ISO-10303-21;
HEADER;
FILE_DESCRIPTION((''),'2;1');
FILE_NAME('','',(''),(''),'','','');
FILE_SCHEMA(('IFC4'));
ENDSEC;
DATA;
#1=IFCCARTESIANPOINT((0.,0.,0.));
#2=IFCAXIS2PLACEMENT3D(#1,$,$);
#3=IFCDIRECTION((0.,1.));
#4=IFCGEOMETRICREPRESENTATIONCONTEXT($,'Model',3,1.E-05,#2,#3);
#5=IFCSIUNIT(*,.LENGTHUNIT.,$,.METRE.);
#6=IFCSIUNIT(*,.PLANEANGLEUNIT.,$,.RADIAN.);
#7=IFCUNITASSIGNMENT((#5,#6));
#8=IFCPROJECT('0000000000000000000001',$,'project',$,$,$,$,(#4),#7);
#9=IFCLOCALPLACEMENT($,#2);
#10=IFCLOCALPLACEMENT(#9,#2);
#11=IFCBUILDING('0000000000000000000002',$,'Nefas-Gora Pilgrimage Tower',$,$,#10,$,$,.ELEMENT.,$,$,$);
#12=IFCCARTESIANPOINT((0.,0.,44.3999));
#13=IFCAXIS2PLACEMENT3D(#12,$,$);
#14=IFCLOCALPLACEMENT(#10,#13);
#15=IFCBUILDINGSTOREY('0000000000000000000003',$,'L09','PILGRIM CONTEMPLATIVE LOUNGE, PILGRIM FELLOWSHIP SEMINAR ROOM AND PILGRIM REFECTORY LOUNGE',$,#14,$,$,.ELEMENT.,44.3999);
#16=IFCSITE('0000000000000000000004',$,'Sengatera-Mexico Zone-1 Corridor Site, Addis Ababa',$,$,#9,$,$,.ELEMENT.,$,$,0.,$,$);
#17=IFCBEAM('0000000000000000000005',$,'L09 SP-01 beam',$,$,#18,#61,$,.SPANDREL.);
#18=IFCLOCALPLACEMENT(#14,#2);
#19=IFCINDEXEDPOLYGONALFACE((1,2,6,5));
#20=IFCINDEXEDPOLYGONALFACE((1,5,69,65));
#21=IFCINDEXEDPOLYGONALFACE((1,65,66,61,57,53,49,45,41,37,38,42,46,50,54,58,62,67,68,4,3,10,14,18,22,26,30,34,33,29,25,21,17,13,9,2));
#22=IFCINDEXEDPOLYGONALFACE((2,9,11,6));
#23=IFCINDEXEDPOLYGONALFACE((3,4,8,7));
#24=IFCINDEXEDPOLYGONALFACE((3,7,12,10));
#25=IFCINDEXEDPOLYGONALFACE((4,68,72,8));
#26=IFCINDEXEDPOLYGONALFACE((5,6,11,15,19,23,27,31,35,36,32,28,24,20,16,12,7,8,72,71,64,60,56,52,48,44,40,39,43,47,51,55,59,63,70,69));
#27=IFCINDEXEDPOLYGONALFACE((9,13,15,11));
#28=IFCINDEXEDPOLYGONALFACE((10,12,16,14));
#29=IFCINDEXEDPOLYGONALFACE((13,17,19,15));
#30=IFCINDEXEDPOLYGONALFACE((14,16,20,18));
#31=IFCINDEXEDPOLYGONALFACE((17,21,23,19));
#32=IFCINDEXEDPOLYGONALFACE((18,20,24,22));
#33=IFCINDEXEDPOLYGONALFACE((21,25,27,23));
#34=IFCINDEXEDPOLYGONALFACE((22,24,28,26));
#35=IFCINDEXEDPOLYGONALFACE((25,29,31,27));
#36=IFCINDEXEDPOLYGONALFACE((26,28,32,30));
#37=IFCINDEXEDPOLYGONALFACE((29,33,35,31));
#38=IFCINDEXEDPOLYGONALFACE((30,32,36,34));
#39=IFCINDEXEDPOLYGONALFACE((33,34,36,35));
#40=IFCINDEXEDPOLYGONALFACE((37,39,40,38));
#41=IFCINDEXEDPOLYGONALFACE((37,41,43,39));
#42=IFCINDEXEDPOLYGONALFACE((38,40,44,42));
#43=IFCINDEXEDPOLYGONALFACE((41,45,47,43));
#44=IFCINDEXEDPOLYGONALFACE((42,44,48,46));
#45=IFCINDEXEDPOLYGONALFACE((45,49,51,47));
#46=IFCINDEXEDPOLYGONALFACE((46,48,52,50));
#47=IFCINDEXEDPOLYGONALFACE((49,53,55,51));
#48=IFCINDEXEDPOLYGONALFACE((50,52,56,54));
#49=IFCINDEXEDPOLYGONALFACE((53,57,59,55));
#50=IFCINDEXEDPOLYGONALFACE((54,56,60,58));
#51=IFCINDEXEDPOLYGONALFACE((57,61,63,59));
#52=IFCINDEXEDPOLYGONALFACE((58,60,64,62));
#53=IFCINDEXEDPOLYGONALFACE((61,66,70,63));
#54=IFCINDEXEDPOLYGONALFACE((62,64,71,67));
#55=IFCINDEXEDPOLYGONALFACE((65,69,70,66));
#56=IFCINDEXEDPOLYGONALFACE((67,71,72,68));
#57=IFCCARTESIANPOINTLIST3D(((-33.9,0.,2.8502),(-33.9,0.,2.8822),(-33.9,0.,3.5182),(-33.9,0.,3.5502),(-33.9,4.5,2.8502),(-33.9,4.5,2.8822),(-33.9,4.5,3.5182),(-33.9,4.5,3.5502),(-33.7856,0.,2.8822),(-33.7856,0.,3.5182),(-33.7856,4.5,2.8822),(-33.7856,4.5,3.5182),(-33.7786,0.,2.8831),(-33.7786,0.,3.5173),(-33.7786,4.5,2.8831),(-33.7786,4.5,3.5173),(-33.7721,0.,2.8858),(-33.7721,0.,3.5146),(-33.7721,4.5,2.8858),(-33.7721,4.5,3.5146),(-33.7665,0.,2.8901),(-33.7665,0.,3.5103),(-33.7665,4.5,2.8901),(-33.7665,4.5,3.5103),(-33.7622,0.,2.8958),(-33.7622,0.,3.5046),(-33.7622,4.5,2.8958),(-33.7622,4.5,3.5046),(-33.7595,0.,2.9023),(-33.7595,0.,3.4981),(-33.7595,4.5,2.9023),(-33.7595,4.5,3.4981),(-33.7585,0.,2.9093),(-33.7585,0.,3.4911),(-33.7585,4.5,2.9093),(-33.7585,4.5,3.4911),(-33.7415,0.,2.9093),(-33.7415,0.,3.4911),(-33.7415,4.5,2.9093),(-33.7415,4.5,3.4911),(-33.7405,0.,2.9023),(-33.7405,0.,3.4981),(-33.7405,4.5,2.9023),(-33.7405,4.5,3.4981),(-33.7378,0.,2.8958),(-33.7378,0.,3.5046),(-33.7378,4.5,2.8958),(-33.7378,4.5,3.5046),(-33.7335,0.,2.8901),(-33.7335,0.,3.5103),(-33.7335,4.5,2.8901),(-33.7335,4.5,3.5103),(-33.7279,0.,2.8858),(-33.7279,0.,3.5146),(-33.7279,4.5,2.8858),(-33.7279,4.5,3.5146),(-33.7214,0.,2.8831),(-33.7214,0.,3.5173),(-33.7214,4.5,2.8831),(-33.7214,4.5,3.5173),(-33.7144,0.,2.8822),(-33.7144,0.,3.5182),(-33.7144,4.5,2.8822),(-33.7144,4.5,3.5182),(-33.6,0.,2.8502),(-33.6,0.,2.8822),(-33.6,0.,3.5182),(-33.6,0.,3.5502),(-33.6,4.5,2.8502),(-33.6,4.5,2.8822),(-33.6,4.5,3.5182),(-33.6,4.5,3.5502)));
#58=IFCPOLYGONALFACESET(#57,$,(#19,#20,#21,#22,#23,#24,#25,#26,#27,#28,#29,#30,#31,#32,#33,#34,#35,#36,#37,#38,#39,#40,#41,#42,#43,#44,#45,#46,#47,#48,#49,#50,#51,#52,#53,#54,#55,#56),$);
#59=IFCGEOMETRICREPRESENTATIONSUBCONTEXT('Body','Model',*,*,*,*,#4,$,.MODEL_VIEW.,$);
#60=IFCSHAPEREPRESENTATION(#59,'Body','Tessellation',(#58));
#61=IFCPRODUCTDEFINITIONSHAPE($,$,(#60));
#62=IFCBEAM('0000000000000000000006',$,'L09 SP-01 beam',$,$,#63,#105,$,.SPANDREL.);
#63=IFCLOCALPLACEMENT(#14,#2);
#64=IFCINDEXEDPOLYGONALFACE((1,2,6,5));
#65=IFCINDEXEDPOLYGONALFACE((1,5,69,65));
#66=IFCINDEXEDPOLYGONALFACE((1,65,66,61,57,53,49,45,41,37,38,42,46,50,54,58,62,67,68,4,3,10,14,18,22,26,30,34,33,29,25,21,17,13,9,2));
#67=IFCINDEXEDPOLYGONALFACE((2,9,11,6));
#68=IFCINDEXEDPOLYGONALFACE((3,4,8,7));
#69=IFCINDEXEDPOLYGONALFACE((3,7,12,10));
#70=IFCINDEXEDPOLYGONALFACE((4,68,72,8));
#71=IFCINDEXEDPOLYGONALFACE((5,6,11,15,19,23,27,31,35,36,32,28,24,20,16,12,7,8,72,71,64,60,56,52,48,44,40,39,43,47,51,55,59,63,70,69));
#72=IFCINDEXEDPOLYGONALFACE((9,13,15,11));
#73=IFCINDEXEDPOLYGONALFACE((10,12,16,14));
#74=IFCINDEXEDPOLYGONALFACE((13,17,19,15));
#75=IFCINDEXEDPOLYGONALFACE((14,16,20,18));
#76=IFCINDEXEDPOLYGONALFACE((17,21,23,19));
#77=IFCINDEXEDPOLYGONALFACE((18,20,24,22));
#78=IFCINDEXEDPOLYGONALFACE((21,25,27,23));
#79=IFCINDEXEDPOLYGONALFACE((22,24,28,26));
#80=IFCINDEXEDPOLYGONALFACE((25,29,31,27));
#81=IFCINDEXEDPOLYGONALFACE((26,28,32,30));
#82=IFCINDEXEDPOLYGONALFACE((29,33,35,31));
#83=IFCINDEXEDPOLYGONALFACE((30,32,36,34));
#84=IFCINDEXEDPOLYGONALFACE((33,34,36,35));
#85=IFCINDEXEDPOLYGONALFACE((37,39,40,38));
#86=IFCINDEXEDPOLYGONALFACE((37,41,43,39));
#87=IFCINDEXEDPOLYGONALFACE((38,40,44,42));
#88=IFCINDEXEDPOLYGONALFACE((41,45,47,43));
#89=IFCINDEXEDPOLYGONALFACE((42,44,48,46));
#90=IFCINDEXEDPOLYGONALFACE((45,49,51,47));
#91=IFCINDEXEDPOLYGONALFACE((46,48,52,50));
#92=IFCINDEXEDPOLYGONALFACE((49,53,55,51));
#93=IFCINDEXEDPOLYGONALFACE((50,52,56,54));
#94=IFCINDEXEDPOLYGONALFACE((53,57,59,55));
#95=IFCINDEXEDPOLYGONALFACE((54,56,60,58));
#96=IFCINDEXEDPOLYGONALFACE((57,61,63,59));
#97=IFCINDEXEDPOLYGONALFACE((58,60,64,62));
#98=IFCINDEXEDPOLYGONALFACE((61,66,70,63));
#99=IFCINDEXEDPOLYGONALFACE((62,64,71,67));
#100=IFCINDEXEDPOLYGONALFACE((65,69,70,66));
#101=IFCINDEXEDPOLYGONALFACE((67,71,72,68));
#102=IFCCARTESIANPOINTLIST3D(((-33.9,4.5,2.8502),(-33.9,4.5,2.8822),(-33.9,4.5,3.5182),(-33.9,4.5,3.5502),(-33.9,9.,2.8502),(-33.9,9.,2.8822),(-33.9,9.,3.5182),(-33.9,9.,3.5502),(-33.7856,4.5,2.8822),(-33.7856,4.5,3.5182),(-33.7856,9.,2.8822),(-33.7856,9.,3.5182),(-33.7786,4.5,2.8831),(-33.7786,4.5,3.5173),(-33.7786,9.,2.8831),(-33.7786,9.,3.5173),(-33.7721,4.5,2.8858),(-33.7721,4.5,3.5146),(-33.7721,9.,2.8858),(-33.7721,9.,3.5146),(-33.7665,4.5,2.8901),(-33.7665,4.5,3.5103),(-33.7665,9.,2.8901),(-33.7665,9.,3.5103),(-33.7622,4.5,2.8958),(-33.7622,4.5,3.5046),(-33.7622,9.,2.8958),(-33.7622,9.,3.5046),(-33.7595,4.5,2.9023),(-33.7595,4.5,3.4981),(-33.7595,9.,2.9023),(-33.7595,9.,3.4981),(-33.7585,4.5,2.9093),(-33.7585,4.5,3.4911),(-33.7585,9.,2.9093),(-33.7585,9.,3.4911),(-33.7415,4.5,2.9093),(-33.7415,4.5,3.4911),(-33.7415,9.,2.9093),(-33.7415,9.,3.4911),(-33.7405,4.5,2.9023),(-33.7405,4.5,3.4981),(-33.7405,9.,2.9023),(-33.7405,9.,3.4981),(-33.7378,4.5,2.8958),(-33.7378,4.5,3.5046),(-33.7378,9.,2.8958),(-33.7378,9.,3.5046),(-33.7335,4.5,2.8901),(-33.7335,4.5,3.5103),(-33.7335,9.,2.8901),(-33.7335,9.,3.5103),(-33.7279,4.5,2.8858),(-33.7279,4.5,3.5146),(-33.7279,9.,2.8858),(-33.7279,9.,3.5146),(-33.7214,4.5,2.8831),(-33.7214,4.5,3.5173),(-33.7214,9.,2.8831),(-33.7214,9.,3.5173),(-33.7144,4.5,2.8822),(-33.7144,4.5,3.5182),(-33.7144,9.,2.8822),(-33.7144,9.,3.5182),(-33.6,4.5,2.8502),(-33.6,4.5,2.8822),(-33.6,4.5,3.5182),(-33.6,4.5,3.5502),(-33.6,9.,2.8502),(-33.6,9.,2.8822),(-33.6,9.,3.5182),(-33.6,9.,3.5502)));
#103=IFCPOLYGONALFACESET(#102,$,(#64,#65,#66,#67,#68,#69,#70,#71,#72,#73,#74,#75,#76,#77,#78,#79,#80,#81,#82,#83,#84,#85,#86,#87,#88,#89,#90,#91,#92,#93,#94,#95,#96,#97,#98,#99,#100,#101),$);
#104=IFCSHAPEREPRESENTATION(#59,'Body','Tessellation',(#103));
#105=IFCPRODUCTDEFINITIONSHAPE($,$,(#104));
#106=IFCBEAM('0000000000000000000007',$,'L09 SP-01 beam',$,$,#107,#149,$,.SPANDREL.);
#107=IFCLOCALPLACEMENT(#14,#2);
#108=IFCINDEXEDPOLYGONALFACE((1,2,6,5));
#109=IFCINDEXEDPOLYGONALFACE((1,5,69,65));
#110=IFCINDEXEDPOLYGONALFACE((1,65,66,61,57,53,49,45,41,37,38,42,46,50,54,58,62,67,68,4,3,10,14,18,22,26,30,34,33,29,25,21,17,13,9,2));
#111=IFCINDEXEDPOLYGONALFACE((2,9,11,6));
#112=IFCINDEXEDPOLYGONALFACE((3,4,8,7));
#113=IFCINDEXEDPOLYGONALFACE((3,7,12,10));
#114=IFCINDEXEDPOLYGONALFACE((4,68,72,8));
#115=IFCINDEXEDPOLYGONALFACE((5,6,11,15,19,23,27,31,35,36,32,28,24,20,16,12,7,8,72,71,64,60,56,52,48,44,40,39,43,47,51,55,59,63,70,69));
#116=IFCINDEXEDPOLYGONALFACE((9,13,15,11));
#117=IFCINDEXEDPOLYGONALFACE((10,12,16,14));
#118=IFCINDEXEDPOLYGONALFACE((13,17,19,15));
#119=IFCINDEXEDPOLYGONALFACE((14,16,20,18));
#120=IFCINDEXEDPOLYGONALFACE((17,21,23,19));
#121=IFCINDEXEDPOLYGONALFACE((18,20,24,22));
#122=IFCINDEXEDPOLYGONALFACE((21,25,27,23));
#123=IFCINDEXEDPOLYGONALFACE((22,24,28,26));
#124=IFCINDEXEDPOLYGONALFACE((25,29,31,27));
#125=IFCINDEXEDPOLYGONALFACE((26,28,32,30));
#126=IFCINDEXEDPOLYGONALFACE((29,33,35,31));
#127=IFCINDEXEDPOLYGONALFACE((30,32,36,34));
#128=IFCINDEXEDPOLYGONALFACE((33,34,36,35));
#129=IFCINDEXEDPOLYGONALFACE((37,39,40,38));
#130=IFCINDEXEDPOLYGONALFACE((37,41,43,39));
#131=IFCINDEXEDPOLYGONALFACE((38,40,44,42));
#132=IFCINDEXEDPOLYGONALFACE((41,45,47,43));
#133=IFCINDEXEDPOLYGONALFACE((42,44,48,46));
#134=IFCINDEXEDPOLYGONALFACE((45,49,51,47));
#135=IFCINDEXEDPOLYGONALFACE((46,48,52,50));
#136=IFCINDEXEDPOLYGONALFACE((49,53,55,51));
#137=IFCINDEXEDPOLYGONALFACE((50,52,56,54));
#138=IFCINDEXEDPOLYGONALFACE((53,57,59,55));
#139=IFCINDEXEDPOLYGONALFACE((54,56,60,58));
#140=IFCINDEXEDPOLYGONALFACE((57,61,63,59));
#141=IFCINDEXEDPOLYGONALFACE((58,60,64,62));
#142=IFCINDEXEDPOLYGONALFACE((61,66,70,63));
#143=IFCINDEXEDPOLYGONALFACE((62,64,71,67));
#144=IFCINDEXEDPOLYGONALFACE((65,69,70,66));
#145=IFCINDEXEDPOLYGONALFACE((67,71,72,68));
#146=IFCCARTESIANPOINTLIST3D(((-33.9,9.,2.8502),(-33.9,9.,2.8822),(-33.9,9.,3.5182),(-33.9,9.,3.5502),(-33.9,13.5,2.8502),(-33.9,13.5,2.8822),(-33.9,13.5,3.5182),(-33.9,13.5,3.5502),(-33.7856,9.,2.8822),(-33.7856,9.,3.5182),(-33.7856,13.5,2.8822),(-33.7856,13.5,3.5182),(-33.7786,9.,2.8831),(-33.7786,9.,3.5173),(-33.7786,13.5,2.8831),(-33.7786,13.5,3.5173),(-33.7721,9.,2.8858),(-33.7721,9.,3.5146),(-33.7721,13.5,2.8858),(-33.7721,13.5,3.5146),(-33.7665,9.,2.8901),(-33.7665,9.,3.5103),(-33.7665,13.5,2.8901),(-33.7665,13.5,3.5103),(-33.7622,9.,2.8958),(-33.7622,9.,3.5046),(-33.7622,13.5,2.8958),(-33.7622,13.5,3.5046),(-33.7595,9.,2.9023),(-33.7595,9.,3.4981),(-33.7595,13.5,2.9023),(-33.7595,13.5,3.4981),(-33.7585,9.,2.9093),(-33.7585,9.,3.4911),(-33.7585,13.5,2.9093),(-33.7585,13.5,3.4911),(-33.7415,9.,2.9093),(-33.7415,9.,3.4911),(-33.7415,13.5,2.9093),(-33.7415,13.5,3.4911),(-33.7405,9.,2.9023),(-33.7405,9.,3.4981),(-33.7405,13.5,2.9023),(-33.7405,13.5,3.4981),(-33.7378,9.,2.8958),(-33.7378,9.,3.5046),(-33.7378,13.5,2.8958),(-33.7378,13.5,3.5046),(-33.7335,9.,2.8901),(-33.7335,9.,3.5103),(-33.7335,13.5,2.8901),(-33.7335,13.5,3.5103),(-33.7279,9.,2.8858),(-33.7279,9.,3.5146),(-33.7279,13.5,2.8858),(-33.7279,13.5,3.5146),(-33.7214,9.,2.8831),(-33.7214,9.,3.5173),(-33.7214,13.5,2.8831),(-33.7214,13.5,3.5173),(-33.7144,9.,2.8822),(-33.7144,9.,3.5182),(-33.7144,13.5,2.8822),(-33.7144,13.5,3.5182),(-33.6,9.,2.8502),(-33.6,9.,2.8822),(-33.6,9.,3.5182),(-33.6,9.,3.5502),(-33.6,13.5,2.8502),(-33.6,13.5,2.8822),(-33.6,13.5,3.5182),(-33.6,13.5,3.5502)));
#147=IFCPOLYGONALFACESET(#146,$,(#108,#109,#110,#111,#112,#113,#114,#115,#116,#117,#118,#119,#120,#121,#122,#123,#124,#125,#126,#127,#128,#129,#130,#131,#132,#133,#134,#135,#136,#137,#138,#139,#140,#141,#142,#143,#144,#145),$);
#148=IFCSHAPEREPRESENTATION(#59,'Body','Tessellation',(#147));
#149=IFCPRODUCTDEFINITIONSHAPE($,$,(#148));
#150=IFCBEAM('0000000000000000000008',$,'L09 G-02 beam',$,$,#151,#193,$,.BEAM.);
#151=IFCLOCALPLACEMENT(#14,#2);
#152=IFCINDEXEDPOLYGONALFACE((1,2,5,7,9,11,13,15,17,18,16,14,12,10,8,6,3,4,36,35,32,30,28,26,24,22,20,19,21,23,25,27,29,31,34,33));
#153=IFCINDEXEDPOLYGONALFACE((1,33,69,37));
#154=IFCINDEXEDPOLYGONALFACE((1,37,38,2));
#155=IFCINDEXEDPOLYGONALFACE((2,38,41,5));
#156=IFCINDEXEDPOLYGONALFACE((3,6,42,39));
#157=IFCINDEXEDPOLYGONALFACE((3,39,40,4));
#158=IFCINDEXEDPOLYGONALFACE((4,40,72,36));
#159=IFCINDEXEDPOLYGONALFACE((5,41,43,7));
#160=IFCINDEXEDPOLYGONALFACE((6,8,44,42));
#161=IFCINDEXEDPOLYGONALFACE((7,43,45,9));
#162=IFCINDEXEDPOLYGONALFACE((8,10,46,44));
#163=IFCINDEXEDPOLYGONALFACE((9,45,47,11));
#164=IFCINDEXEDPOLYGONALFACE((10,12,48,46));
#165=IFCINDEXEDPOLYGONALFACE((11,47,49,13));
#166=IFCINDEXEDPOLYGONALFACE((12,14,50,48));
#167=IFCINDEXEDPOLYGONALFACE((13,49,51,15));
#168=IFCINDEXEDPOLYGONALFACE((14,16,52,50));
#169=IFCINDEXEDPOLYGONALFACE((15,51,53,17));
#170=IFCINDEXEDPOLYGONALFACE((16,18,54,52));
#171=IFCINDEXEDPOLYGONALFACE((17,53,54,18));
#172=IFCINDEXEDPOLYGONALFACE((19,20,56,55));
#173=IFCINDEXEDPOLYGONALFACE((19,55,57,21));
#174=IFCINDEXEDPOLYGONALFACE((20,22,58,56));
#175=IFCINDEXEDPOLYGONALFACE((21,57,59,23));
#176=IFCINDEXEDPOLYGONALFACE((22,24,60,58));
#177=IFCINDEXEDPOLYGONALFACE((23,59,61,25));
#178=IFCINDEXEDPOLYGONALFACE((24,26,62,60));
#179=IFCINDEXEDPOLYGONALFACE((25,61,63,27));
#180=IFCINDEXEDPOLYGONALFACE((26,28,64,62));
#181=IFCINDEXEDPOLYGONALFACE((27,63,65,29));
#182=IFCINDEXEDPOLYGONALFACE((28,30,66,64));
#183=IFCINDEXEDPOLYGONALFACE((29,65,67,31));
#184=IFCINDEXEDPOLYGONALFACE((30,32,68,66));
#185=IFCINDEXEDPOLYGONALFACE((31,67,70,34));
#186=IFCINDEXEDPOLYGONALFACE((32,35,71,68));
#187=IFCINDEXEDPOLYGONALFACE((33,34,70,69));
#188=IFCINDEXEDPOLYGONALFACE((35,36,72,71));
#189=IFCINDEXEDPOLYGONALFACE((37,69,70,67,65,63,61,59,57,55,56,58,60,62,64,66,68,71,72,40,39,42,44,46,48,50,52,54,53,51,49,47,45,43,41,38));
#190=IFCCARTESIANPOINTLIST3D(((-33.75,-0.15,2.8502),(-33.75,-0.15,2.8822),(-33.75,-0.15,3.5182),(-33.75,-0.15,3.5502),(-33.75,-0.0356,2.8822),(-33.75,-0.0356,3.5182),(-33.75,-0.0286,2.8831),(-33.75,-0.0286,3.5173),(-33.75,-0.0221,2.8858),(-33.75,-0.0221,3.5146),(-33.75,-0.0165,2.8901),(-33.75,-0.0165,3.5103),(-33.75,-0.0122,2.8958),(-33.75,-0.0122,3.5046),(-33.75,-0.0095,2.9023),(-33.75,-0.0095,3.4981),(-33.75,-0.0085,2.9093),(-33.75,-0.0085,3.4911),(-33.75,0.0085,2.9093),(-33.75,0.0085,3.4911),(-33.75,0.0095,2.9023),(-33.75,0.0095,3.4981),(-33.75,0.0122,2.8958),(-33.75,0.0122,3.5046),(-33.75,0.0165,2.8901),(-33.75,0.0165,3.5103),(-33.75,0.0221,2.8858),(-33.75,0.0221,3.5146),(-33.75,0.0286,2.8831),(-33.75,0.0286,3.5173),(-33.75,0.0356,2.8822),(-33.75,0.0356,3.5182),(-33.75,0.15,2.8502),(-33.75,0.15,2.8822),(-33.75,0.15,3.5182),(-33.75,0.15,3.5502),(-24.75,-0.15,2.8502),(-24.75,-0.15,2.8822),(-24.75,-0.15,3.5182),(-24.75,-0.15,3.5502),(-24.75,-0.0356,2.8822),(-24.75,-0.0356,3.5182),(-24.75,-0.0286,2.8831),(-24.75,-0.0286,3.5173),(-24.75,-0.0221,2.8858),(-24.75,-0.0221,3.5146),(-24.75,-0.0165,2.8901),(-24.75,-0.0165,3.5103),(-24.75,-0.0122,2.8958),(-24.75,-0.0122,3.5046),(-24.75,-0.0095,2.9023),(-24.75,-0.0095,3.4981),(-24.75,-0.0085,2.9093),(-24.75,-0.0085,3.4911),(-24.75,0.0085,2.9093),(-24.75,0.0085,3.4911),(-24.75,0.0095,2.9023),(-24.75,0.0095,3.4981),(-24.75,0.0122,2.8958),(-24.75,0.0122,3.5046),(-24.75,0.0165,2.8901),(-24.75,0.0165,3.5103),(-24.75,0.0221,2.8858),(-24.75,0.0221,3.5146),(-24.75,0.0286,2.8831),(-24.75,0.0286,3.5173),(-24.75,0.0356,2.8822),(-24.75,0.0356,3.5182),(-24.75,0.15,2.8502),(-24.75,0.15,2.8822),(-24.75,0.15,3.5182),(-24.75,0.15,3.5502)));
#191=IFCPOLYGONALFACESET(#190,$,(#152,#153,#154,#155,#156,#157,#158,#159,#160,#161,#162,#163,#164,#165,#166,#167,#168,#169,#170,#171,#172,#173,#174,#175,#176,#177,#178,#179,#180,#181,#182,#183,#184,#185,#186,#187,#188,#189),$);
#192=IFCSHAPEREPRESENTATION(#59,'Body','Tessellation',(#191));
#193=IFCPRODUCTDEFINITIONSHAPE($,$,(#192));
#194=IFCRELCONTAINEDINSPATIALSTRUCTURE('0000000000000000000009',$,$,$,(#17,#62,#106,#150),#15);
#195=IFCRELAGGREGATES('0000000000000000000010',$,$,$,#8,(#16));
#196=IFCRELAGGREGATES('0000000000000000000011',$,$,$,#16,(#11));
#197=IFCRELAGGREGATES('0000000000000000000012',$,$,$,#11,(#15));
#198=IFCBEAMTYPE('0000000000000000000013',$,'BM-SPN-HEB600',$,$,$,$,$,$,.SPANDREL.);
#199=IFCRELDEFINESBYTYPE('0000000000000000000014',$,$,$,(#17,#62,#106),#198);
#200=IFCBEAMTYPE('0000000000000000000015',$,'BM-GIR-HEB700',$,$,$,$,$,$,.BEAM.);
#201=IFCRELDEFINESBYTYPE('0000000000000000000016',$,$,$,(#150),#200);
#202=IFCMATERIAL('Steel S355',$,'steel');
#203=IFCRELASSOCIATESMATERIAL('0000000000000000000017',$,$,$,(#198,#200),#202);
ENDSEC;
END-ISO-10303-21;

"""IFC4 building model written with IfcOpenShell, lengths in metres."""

from ifc_helpers import new_model, si_unit, direction, frame, origin, origin_2d, place, context, subcontext, project, spatial, i_section, extrude, source, transform, mapped, material, material_profile, profile_set, type_object, element, save


model = new_model("IFC4")

# Units and contexts
model_context = context("Model", 3, precision=1e-05, world=origin(), true_north=direction((0.0, 1.0)))
body_context = subcontext(model_context, "Body", "Model", "MODEL_VIEW")
ifc_project = project(units=[si_unit("LENGTHUNIT", "METRE"), si_unit("PLANEANGLEUNIT", "RADIAN")], contexts=[model_context])

# Site, building, storey
site_placement = place(None, origin())
site = spatial("IfcSite", under=ifc_project, at=site_placement, Name="Sengatera-Mexico Zone-1 Corridor Site, Addis Ababa", CompositionType="ELEMENT", RefElevation=0.0)
building_placement = place(site_placement, origin())
building = spatial("IfcBuilding", under=site, at=building_placement, Name="Nefas-Gora Pilgrimage Tower", CompositionType="ELEMENT")
storey_placement = place(building_placement, frame((0.0, 0.0, 44.3999)))
storey = spatial("IfcBuildingStorey", under=building, at=storey_placement, Name="L09", Description="PILGRIM CONTEMPLATIVE LOUNGE, PILGRIM FELLOWSHIP SEMINAR ROOM AND PILGRIM REFECTORY LOUNGE", CompositionType="ELEMENT", Elevation=44.3999)

# Beams
ifc_material_1 = material(Name="Steel S355", Category="steel")
ifc_material_profile_1 = material_profile(ifc_material_1, i_section(OverallWidth=0.3, OverallDepth=0.7, WebThickness=0.0171, FlangeThickness=0.032, FilletRadius=0.0271, at=origin_2d()), Name="HEB 700")
ifc_profile_set_1 = profile_set([ifc_material_profile_1], Name="Steel S355")
beam_type_1 = type_object("IfcBeamType", Name="BM-SPN-HEB600", PredefinedType="SPANDREL", material=ifc_profile_set_1)
shared_shape_1 = source(origin(), body_context, "Body", "SweptSolid", [
    extrude(i_section(OverallWidth=0.3, OverallDepth=0.7, WebThickness=0.0171, FlangeThickness=0.032, FilletRadius=0.0271, at=origin_2d()), origin(), (0.0, 0.0, 1.0), 4.5),
])
for number, where, z_axis, x_axis, name in (
    (1, (-33.75, 0.0, 3.2002), (0.0, 1.0, 0.0), (-1.0, 0.0, 0.0), "L09 SP-01 beam"),
    (2, (-33.75, 4.5, 3.2002), (0.0, 1.0, 0.0), (-1.0, 0.0, 0.0), "L09 SP-01 beam"),
    (3, (-33.75, 9.0, 3.2002), (0.0, 1.0, 0.0), (-1.0, 0.0, 0.0), "L09 SP-01 beam"),
):
    element("IfcBeam", number, at=place(storey_placement, frame(where, z_axis=z_axis, x_axis=x_axis)), inside=storey, type_object=beam_type_1, Name=name, PredefinedType="SPANDREL", context=body_context, shape_type="MappedRepresentation", body=[
        mapped(shared_shape_1, transform((0.0, 0.0, 0.0), x_axis=(1.0, 0.0, 0.0), y_axis=(0.0, 1.0, 0.0), z_axis=(0.0, 0.0, 1.0), scale=1.0)),
    ])
ifc_material_profile_2 = material_profile(ifc_material_1, i_section(OverallWidth=0.3, OverallDepth=0.7, WebThickness=0.0171, FlangeThickness=0.032, FilletRadius=0.0271, at=origin_2d()), Name="HEB 700")
ifc_profile_set_2 = profile_set([ifc_material_profile_2], Name="Steel S355")
beam_type_2 = type_object("IfcBeamType", Name="BM-GIR-HEB700", PredefinedType="BEAM", material=ifc_profile_set_2)
shared_shape_2 = source(origin(), body_context, "Body", "SweptSolid", [
    extrude(i_section(OverallWidth=0.3, OverallDepth=0.7, WebThickness=0.0171, FlangeThickness=0.032, FilletRadius=0.0271, at=origin_2d()), origin(), (0.0, 0.0, 1.0), 9.0),
])
for number, where, z_axis, x_axis, name in (
    (4, (-33.75, 0.0, 3.2002), (1.0, 0.0, 0.0), (0.0, 1.0, 0.0), "L09 G-02 beam"),
):
    element("IfcBeam", number, at=place(storey_placement, frame(where, z_axis=z_axis, x_axis=x_axis)), inside=storey, type_object=beam_type_2, Name=name, PredefinedType="BEAM", context=body_context, shape_type="MappedRepresentation", body=[
        mapped(shared_shape_2, transform((0.0, 0.0, 0.0), x_axis=(1.0, 0.0, 0.0), y_axis=(0.0, 1.0, 0.0), z_axis=(0.0, 0.0, 1.0), scale=1.0)),
    ])

save(model, "model.ifc")
